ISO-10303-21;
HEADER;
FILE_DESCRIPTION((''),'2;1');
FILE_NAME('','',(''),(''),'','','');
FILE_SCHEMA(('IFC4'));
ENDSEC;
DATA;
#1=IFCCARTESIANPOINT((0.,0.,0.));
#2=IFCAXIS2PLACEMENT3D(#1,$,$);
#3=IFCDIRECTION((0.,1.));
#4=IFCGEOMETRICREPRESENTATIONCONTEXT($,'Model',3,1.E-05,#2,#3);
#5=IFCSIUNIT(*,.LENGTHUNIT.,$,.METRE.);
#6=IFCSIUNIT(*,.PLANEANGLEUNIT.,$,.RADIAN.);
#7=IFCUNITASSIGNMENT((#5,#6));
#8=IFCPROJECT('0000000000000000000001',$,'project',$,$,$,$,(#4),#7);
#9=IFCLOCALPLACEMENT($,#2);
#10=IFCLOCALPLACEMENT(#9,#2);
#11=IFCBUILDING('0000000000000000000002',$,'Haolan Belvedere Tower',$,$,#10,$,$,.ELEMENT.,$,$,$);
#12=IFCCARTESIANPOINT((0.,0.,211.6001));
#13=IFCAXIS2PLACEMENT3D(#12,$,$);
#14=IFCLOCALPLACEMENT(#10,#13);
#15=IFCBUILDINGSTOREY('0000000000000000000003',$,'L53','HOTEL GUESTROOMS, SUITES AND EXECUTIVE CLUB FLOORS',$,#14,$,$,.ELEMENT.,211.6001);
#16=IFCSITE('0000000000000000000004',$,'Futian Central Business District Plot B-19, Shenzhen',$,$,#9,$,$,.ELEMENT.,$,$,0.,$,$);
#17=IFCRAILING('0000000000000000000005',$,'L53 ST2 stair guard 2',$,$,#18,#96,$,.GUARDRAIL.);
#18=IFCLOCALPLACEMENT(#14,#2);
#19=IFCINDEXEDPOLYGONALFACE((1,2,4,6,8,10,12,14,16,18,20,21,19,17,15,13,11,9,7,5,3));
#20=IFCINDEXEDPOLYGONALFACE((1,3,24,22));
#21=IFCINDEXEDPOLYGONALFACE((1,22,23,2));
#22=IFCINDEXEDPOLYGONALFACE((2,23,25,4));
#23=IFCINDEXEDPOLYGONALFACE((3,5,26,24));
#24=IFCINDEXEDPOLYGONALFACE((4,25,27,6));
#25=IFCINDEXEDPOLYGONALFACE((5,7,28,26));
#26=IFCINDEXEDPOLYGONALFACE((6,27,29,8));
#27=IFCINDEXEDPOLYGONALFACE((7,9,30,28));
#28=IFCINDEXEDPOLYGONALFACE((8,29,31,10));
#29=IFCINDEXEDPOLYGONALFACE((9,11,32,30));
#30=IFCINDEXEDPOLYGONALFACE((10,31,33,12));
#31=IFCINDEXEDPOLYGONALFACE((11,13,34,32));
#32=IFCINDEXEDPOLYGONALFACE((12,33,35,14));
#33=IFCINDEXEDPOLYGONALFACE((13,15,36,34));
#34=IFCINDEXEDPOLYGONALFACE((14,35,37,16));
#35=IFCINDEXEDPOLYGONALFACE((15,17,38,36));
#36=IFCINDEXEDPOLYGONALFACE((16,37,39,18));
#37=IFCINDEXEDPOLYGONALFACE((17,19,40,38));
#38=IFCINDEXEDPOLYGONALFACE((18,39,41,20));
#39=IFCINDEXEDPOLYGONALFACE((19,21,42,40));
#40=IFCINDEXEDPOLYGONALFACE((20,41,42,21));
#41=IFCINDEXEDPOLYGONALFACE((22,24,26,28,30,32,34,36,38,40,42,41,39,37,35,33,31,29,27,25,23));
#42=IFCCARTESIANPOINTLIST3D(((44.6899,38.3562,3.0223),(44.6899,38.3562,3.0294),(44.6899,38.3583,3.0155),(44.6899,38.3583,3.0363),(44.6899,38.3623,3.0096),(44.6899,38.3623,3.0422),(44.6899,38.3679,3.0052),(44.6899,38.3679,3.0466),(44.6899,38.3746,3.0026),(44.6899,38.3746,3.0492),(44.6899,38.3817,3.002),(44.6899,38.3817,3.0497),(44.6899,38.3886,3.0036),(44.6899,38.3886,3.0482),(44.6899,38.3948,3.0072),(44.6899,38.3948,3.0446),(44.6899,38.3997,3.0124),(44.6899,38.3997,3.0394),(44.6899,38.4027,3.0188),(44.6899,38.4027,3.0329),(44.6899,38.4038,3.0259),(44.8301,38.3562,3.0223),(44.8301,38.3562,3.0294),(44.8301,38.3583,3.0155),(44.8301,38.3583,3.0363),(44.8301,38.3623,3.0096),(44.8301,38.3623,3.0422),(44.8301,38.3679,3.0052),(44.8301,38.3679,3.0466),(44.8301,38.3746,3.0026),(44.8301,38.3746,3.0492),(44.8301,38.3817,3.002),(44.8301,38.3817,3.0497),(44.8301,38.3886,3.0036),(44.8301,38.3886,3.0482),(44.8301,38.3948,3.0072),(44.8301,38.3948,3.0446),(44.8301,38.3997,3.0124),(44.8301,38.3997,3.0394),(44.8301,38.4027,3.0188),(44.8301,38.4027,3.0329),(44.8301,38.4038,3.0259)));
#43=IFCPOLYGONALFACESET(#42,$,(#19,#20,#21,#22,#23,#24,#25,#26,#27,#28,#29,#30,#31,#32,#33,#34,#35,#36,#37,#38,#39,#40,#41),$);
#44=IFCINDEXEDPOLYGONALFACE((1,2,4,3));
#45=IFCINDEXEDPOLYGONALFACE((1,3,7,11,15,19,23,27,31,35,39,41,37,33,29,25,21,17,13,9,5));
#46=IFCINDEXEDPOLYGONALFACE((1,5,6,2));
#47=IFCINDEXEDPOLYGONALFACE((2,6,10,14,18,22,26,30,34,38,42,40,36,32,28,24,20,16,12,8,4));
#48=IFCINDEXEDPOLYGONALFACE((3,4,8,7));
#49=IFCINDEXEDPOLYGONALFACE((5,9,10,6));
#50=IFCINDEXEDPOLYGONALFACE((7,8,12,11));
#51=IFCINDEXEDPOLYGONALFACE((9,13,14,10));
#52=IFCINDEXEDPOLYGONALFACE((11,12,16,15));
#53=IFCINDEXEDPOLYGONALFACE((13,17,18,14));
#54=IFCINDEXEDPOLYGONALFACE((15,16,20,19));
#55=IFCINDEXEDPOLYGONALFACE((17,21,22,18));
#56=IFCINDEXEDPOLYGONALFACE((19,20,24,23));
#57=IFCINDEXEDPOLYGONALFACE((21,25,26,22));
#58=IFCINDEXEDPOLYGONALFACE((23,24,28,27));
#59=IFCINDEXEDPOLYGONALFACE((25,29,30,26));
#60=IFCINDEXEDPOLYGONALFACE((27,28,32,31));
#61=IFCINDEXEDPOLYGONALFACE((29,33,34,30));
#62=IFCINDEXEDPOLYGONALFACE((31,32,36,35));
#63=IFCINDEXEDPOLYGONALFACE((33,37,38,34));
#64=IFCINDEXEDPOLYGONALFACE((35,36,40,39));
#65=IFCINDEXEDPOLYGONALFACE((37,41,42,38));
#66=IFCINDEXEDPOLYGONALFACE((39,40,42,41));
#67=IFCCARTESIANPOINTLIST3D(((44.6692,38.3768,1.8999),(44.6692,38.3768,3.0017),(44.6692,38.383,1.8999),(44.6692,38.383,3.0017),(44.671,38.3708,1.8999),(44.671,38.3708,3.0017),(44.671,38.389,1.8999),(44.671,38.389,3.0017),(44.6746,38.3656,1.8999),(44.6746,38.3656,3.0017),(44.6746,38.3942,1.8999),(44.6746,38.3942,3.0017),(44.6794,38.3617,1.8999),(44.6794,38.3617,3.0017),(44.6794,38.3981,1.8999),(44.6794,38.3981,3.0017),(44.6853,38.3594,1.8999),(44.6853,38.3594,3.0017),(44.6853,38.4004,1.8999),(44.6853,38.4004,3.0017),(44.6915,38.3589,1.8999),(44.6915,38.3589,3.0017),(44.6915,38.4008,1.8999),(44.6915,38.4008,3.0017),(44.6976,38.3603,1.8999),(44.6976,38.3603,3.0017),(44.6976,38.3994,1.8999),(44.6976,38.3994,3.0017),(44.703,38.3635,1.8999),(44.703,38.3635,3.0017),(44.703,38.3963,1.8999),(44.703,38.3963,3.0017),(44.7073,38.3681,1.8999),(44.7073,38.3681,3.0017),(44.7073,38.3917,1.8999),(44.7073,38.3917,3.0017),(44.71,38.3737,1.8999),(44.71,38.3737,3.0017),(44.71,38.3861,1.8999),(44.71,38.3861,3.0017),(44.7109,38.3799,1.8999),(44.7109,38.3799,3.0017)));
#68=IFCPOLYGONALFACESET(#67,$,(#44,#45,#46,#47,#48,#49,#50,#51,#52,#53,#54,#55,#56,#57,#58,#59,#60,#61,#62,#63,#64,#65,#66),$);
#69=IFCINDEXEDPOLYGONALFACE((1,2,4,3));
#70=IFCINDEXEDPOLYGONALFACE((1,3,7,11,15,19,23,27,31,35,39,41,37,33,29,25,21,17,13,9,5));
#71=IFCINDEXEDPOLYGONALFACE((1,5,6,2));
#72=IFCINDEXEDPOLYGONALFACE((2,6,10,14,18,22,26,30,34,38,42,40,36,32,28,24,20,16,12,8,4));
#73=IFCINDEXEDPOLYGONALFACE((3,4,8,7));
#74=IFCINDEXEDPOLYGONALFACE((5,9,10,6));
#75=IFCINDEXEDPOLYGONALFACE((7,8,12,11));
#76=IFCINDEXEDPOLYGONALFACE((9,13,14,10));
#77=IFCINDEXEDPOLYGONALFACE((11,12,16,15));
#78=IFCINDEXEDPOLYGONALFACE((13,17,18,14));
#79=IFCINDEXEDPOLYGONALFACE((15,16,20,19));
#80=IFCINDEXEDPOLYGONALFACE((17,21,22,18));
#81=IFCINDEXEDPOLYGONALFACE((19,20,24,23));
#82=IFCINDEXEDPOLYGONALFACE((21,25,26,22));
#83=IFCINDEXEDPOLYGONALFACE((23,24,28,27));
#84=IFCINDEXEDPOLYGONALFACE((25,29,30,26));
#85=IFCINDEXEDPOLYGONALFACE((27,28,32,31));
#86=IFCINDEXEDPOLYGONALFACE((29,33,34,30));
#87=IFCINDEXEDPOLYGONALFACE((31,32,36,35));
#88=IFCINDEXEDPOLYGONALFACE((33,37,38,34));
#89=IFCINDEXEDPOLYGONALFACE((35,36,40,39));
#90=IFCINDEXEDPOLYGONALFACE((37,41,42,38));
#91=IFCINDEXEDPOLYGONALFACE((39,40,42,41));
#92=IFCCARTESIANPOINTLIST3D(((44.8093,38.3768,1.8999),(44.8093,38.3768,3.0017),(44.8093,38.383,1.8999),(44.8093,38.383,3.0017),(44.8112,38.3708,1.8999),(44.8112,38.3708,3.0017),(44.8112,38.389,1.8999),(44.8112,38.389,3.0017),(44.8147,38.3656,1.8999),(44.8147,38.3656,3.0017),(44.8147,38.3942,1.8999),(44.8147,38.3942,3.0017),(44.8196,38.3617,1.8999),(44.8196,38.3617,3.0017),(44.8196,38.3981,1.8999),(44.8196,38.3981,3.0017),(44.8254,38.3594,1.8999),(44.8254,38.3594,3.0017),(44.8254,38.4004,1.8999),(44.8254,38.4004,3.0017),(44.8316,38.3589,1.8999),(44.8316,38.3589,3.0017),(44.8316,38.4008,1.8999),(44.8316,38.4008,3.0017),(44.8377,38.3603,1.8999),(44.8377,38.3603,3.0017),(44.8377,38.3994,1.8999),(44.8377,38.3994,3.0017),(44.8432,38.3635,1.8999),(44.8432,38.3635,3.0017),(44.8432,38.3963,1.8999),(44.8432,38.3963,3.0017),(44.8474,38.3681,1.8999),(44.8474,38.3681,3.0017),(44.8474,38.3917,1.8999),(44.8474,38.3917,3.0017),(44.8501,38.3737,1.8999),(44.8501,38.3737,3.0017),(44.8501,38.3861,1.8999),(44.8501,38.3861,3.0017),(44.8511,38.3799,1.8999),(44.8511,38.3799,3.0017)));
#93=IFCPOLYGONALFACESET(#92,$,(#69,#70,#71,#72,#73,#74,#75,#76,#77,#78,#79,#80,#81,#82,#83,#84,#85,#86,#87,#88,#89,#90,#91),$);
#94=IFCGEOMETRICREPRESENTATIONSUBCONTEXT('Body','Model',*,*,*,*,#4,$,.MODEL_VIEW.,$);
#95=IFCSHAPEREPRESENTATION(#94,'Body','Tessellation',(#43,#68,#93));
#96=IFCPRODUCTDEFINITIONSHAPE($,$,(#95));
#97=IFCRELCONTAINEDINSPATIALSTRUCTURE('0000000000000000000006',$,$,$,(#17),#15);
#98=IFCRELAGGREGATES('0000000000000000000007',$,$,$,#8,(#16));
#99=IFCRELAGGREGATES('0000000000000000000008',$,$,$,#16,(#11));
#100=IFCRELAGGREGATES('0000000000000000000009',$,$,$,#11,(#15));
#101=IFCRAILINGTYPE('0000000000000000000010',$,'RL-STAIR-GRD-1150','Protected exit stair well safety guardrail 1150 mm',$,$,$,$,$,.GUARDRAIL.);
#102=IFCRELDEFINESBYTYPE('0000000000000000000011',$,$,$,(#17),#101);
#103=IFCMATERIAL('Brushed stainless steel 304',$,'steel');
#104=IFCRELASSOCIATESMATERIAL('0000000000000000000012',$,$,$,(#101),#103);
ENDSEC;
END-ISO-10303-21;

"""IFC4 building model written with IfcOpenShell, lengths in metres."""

from ifc_helpers import new_model, si_unit, direction, frame, origin, origin_2d, place, context, subcontext, project, spatial, circle, extrude, material, type_object, element, save


model = new_model("IFC4")

# Units and contexts
model_context = context("Model", 3, precision=1e-05, world=origin(), true_north=direction((0.0, 1.0)))
body_context = subcontext(model_context, "Body", "Model", "MODEL_VIEW")
ifc_project = project(units=[si_unit("LENGTHUNIT", "METRE"), si_unit("PLANEANGLEUNIT", "RADIAN")], contexts=[model_context])

# Site, building, storey
site_placement = place(None, origin())
site = spatial("IfcSite", under=ifc_project, at=site_placement, Name="Futian Central Business District Plot B-19, Shenzhen", CompositionType="ELEMENT", RefElevation=0.0)
building_placement = place(site_placement, origin())
building = spatial("IfcBuilding", under=site, at=building_placement, Name="Haolan Belvedere Tower", CompositionType="ELEMENT")
storey_placement = place(building_placement, frame((0.0, 0.0, 211.6001)))
storey = spatial("IfcBuildingStorey", under=building, at=storey_placement, Name="L53", Description="HOTEL GUESTROOMS, SUITES AND EXECUTIVE CLUB FLOORS", CompositionType="ELEMENT", Elevation=211.6001)

# Railing
ifc_material_1 = material(Name="Brushed stainless steel 304", Category="steel")
railing_type_1 = type_object("IfcRailingType", Name="RL-STAIR-GRD-1150", Description="Protected exit stair well safety guardrail 1150 mm", PredefinedType="GUARDRAIL", material=ifc_material_1)
railing_1_placement = place(storey_placement, frame((44.6899, 38.3799, 1.8999)))
element("IfcRailing", 1, at=railing_1_placement, inside=storey, type_object=railing_type_1, Name="L53 ST2 stair guard 2", PredefinedType="GUARDRAIL", context=body_context, shape_type="SweptSolid", body=[
    extrude(circle(Radius=0.0239, at=origin_2d()), frame((0.0, 0.0, 1.126), z_axis=(1.0, 0.0, 0.0), x_axis=(0.0, 1.0, 0.0)), (0.0, 0.0, 1.0), 0.1401),
    extrude(circle(Radius=0.021, at=origin_2d()), origin(), (0.0, 0.0, 1.0), 1.1018),
    extrude(circle(Radius=0.021, at=origin_2d()), frame((0.1401, 0.0, 0.0)), (0.0, 0.0, 1.0), 1.1018),
])

save(model, "model.ifc")
